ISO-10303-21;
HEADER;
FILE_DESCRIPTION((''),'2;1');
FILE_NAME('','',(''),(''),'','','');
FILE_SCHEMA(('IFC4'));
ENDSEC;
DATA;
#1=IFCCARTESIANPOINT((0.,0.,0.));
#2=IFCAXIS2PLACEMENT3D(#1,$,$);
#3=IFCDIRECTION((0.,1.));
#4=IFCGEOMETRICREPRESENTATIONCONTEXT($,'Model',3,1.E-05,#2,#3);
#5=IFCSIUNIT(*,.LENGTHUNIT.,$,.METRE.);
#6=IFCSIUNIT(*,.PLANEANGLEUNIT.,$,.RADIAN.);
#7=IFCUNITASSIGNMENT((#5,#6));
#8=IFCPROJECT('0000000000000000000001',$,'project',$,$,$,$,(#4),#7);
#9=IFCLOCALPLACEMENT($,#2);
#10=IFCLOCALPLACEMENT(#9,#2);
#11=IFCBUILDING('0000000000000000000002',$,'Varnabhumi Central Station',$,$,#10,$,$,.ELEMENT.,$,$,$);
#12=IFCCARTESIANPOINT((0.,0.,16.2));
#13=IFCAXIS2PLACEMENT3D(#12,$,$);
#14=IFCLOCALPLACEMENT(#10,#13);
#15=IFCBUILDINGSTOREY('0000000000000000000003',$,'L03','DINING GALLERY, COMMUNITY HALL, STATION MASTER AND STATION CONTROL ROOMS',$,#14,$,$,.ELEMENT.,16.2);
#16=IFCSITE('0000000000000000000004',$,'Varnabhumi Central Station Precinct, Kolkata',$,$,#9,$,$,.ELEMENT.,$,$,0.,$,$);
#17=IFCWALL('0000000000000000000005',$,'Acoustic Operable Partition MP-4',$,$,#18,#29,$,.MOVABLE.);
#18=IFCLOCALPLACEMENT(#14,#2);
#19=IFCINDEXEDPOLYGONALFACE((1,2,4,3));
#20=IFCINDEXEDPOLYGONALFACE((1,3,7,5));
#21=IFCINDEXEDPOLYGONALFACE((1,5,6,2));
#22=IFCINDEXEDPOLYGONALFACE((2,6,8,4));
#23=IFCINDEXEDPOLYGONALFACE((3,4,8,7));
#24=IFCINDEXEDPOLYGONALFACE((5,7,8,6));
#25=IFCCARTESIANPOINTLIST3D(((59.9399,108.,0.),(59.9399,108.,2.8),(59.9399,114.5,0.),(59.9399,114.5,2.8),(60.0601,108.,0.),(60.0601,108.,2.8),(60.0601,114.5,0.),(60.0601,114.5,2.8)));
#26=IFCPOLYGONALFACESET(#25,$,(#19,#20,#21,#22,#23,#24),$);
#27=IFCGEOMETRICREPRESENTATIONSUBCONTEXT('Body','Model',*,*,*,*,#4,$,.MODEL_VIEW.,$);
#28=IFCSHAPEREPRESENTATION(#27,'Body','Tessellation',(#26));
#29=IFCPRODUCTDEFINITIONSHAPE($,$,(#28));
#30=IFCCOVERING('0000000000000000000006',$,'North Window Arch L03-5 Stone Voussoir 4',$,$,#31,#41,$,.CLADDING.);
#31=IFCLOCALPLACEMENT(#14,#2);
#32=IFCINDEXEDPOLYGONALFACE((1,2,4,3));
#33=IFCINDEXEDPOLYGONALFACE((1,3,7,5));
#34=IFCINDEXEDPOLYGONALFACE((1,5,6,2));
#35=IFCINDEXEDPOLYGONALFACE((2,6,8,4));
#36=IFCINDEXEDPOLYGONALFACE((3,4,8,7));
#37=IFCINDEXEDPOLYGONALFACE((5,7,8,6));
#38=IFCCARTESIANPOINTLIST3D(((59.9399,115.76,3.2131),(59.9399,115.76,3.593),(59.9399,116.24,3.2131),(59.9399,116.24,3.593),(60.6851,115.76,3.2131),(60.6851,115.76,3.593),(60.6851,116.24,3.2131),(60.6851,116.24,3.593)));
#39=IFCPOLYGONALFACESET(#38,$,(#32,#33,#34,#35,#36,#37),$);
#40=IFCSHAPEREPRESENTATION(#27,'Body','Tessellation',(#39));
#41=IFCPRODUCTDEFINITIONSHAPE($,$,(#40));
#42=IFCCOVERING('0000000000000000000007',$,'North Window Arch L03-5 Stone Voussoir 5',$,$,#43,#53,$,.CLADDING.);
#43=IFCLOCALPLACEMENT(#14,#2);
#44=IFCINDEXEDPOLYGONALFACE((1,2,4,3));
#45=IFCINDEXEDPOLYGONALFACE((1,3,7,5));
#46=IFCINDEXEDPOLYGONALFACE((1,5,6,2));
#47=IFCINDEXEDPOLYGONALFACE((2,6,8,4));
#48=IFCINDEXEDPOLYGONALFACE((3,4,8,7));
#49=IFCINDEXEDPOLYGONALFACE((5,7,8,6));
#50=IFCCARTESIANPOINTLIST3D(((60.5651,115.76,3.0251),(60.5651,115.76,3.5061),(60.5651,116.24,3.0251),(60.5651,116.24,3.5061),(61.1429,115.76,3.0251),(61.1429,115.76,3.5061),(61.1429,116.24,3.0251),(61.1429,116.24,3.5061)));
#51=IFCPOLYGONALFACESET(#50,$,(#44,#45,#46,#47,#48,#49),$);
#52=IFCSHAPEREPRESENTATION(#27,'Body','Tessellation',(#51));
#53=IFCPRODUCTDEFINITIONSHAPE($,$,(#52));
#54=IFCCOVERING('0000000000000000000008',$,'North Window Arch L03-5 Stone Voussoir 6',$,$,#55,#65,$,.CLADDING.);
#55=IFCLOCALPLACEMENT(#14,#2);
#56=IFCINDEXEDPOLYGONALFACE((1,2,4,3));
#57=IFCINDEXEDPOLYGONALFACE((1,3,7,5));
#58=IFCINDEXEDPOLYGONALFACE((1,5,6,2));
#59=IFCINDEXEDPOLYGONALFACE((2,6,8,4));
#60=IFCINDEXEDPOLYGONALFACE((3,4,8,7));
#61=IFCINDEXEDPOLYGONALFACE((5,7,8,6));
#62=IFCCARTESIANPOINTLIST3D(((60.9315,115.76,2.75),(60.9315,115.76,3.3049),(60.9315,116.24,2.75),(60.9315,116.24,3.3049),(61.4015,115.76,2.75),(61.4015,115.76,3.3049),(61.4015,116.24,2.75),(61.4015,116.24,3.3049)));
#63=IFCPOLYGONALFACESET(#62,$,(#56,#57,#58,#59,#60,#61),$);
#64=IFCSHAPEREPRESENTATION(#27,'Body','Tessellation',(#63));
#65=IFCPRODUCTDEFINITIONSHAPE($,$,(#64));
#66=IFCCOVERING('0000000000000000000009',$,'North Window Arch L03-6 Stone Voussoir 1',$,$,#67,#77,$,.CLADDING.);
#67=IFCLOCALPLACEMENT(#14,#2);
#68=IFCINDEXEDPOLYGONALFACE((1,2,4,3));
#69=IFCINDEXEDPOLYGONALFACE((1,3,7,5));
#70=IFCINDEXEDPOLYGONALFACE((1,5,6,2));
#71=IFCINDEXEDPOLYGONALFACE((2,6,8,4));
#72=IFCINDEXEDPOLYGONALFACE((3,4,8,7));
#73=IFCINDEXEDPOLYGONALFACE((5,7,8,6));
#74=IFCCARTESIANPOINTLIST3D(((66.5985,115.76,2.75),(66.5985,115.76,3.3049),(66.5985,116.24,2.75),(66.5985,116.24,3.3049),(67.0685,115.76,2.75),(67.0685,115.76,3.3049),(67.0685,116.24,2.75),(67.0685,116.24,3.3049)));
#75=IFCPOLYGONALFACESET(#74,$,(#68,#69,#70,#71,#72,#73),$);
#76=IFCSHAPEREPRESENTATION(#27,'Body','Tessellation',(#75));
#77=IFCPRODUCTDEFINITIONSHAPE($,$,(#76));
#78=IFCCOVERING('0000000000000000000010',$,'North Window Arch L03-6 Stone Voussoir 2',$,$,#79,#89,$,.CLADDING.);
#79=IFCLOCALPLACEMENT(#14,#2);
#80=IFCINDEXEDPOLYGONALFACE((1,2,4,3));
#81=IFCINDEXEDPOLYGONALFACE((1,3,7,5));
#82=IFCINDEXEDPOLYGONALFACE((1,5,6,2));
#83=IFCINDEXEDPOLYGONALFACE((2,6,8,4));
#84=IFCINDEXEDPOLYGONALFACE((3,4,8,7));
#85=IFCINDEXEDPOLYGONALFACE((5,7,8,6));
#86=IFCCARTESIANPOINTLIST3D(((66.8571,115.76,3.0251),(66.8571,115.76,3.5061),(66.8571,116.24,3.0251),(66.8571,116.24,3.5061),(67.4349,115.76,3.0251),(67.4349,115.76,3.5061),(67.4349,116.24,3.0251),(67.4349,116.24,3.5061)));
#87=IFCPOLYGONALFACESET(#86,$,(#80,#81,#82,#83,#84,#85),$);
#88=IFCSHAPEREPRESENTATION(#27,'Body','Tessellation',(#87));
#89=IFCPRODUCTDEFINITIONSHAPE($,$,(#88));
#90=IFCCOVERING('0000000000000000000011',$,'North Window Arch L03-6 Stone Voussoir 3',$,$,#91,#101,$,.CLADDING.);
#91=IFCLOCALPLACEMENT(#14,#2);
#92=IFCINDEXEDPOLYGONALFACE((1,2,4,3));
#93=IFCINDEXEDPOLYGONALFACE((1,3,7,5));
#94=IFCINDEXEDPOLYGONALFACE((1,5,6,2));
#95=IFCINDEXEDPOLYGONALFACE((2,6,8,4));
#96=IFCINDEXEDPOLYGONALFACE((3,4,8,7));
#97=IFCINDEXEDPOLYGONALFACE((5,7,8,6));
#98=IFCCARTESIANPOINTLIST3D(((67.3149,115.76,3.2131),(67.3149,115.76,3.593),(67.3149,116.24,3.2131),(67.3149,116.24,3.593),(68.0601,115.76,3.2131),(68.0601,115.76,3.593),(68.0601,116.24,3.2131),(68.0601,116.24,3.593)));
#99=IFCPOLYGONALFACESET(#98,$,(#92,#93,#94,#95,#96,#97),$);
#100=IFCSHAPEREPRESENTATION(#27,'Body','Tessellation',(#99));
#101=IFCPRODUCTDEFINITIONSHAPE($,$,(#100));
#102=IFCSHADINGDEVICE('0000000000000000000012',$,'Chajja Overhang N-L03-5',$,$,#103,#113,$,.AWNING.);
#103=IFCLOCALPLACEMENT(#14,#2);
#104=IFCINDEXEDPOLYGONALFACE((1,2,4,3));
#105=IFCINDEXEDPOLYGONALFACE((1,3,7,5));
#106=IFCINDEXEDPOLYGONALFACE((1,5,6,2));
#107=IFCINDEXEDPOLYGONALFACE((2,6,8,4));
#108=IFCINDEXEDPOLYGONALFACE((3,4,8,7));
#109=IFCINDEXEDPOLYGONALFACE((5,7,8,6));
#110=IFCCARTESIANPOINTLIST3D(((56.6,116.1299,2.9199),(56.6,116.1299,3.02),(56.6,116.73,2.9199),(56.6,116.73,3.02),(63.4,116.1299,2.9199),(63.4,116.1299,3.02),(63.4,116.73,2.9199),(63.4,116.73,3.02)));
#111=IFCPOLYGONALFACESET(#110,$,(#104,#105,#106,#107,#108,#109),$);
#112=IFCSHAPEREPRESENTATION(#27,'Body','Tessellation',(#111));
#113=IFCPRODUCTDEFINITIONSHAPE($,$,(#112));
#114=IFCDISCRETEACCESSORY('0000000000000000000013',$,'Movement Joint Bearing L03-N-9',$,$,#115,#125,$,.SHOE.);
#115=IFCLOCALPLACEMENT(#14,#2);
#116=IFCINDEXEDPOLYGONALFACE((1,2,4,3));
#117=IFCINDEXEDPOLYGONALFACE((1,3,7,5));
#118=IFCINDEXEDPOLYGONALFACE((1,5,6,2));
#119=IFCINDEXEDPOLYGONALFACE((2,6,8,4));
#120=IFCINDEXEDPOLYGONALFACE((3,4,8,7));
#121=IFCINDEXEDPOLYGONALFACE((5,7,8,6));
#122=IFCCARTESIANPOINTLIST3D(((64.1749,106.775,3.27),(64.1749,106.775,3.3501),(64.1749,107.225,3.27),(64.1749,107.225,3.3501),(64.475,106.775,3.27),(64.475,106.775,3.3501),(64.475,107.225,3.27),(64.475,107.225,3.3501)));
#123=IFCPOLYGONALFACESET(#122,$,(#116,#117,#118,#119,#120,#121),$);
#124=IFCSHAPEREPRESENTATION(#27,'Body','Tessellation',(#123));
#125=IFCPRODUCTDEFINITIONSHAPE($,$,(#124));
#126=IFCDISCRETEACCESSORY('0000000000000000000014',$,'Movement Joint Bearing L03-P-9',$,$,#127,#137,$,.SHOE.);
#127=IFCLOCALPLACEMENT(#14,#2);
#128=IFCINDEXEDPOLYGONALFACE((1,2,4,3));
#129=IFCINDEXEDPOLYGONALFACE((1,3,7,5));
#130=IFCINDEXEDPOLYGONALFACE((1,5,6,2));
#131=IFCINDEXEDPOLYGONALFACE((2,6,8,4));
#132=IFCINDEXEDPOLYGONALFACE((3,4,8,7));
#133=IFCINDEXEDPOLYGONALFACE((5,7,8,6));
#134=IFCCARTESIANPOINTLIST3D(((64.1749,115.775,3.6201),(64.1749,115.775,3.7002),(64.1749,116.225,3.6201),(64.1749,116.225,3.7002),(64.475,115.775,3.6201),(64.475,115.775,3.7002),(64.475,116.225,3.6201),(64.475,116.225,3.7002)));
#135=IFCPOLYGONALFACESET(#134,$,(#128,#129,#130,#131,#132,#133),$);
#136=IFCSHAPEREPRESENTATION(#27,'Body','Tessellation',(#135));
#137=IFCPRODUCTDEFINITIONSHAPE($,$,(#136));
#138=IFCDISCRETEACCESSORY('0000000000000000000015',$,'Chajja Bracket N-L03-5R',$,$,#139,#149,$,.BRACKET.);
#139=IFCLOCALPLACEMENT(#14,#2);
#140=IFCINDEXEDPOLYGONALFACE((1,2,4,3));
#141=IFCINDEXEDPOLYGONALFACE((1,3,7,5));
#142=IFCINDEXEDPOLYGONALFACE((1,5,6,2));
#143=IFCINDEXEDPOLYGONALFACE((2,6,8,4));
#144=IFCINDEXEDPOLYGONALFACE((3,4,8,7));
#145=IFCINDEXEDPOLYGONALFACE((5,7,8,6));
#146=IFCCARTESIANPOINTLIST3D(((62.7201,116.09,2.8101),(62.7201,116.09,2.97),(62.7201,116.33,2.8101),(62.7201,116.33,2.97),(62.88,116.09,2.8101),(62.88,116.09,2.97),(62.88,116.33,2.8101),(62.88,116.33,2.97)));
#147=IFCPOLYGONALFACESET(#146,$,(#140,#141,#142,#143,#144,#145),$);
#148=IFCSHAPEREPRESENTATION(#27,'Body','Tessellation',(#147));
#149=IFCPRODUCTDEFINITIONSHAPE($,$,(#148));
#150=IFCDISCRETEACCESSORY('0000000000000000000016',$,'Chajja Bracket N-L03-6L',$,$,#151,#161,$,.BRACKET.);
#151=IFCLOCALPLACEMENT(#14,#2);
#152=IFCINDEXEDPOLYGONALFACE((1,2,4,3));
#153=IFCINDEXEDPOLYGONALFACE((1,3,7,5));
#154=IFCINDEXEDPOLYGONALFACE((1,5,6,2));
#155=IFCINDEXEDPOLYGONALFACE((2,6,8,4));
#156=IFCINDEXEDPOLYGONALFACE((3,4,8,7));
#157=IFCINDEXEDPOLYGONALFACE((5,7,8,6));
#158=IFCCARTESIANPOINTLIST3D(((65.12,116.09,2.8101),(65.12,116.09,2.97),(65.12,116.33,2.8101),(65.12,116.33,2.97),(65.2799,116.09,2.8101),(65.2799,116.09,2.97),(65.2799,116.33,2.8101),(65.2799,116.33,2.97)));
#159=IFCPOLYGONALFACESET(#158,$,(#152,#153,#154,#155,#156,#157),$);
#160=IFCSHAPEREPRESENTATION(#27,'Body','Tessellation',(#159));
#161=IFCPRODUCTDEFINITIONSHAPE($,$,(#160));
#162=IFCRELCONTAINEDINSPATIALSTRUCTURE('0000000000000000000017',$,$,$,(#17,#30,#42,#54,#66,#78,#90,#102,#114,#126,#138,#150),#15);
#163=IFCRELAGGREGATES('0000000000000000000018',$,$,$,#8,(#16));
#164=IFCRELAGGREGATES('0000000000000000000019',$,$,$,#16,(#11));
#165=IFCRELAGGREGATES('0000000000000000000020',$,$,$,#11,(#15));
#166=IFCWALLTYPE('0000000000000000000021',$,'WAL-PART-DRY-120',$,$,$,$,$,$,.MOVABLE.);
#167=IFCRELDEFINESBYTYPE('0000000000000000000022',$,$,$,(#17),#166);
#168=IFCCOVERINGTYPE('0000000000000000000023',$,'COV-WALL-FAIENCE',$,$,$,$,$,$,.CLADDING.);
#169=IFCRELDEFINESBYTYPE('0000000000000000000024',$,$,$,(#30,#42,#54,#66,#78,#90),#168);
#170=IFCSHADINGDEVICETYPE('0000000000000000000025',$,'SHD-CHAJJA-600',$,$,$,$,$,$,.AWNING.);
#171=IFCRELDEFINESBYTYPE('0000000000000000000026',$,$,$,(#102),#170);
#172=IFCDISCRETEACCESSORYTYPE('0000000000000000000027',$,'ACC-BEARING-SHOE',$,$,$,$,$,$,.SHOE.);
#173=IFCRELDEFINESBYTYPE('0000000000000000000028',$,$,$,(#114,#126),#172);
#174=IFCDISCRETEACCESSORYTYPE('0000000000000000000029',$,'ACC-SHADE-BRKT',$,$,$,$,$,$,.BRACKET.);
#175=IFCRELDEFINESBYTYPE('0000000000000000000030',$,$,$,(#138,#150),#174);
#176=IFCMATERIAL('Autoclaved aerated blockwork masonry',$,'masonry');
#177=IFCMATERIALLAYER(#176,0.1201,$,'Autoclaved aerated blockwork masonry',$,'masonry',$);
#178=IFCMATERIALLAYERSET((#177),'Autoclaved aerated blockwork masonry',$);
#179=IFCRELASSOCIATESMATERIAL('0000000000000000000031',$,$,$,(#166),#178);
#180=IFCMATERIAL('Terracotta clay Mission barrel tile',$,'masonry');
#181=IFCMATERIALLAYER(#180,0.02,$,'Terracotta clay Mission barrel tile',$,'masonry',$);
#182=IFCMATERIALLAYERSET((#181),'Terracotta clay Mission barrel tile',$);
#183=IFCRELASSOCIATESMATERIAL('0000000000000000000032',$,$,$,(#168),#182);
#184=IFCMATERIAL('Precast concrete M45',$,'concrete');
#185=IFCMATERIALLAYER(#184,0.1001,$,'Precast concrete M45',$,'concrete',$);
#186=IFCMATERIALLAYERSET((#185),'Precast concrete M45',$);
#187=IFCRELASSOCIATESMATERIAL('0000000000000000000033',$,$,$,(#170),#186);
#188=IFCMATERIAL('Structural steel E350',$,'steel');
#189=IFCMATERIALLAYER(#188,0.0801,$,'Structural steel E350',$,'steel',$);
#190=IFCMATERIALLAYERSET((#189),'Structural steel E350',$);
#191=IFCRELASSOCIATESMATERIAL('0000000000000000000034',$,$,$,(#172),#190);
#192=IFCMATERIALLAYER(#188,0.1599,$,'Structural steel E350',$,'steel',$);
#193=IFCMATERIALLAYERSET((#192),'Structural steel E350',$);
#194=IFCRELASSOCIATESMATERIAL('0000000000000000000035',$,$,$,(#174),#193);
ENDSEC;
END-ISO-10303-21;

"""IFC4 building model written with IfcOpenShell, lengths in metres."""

from ifc_helpers import new_model, si_unit, direction, frame, frame_2d, origin, origin_2d, place, context, subcontext, project, spatial, rectangle, extrude, material, layer, layer_set, type_object, element, save


model = new_model("IFC4")

# Units and contexts
model_context = context("Model", 3, precision=1e-05, world=origin(), true_north=direction((0.0, 1.0)))
body_context = subcontext(model_context, "Body", "Model", "MODEL_VIEW")
ifc_project = project(units=[si_unit("LENGTHUNIT", "METRE"), si_unit("PLANEANGLEUNIT", "RADIAN")], contexts=[model_context])

# Site, building, storey
site_placement = place(None, origin())
site = spatial("IfcSite", under=ifc_project, at=site_placement, Name="Varnabhumi Central Station Precinct, Kolkata", CompositionType="ELEMENT", RefElevation=0.0)
building_placement = place(site_placement, origin())
building = spatial("IfcBuilding", under=site, at=building_placement, Name="Varnabhumi Central Station", CompositionType="ELEMENT")
storey_placement = place(building_placement, frame((0.0, 0.0, 16.2)))
storey = spatial("IfcBuildingStorey", under=building, at=storey_placement, Name="L03", Description="DINING GALLERY, COMMUNITY HALL, STATION MASTER AND STATION CONTROL ROOMS", CompositionType="ELEMENT", Elevation=16.2)

# Shared definitions
ifc_material_1 = material(Name="Structural steel E350", Category="steel")

# Shared definitions
ifc_material_2 = material(Name="Autoclaved aerated blockwork masonry", Category="masonry")

# Wall
ifc_layer_1 = layer(ifc_material_2, 0.1201, Name="Autoclaved aerated blockwork masonry", Category="masonry")
ifc_layer_set_1 = layer_set([ifc_layer_1], Name="Autoclaved aerated blockwork masonry")
wall_type_1 = type_object("IfcWallType", Name="WAL-PART-DRY-120", PredefinedType="MOVABLE", material=ifc_layer_set_1)
wall_1_placement = place(storey_placement, frame((60.0, 108.0, 0.0), z_axis=(0.0, 0.0, 1.0), x_axis=(0.0, 1.0, 0.0)))
element("IfcWall", 1, at=wall_1_placement, inside=storey, type_object=wall_type_1, Name="Acoustic Operable Partition MP-4", PredefinedType="MOVABLE", context=body_context, shape_type="SweptSolid", body=[
    extrude(rectangle(XDim=6.5, YDim=0.1201, at=frame_2d((3.25, 0.0))), origin(), (0.0, 0.0, 1.0), 2.8),
])

# Coverings
ifc_material_3 = material(Name="Terracotta clay Mission barrel tile", Category="masonry")
ifc_layer_2 = layer(ifc_material_3, 0.02, Name="Terracotta clay Mission barrel tile", Category="masonry")
ifc_layer_set_2 = layer_set([ifc_layer_2], Name="Terracotta clay Mission barrel tile")
covering_type = type_object("IfcCoveringType", Name="COV-WALL-FAIENCE", PredefinedType="CLADDING", material=ifc_layer_set_2)
covering_1_placement = place(storey_placement, frame((60.3125, 116.0, 3.2131), z_axis=(0.0, 0.0, 1.0), x_axis=(1.0, 0.0, 0.0)))
element("IfcCovering", 2, at=covering_1_placement, inside=storey, type_object=covering_type, Name="North Window Arch L03-5 Stone Voussoir 4", PredefinedType="CLADDING", context=body_context, shape_type="SweptSolid", body=[
    extrude(rectangle(XDim=0.7451, YDim=0.48, at=origin_2d()), origin(), (0.0, 0.0, 1.0), 0.3799),
])
covering_2_placement = place(storey_placement, frame((60.854, 116.0, 3.0251), z_axis=(0.0, 0.0, 1.0), x_axis=(1.0, 0.0, 0.0)))
element("IfcCovering", 3, at=covering_2_placement, inside=storey, type_object=covering_type, Name="North Window Arch L03-5 Stone Voussoir 5", PredefinedType="CLADDING", context=body_context, shape_type="SweptSolid", body=[
    extrude(rectangle(XDim=0.5779, YDim=0.48, at=origin_2d()), origin(), (0.0, 0.0, 1.0), 0.481),
])
for number, where, z_axis, x_axis, name in (
    (4, (61.1665, 116.0, 2.75), (0.0, 0.0, 1.0), (1.0, 0.0, 0.0), "North Window Arch L03-5 Stone Voussoir 6"),
    (5, (66.8335, 116.0, 2.75), (0.0, 0.0, 1.0), (1.0, 0.0, 0.0), "North Window Arch L03-6 Stone Voussoir 1"),
):
    element("IfcCovering", number, at=place(storey_placement, frame(where, z_axis=z_axis, x_axis=x_axis)), inside=storey, type_object=covering_type, Name=name, PredefinedType="CLADDING", context=body_context, shape_type="SweptSolid", body=[
        extrude(rectangle(XDim=0.47, YDim=0.48, at=origin_2d()), origin(), (0.0, 0.0, 1.0), 0.5549),
    ])
covering_3_placement = place(storey_placement, frame((67.146, 116.0, 3.0251), z_axis=(0.0, 0.0, 1.0), x_axis=(1.0, 0.0, 0.0)))
element("IfcCovering", 6, at=covering_3_placement, inside=storey, type_object=covering_type, Name="North Window Arch L03-6 Stone Voussoir 2", PredefinedType="CLADDING", context=body_context, shape_type="SweptSolid", body=[
    extrude(rectangle(XDim=0.5779, YDim=0.48, at=origin_2d()), origin(), (0.0, 0.0, 1.0), 0.481),
])
covering_4_placement = place(storey_placement, frame((67.6875, 116.0, 3.2131), z_axis=(0.0, 0.0, 1.0), x_axis=(1.0, 0.0, 0.0)))
element("IfcCovering", 7, at=covering_4_placement, inside=storey, type_object=covering_type, Name="North Window Arch L03-6 Stone Voussoir 3", PredefinedType="CLADDING", context=body_context, shape_type="SweptSolid", body=[
    extrude(rectangle(XDim=0.7451, YDim=0.48, at=origin_2d()), origin(), (0.0, 0.0, 1.0), 0.3799),
])

# Shading device
ifc_material_4 = material(Name="Precast concrete M45", Category="concrete")
ifc_layer_3 = layer(ifc_material_4, 0.1001, Name="Precast concrete M45", Category="concrete")
ifc_layer_set_3 = layer_set([ifc_layer_3], Name="Precast concrete M45")
shading_device_type = type_object("IfcShadingDeviceType", Name="SHD-CHAJJA-600", PredefinedType="AWNING", material=ifc_layer_set_3)
shading_device_placement = place(storey_placement, frame((60.0, 116.4299, 2.9199), z_axis=(0.0, 0.0, 1.0), x_axis=(1.0, 0.0, 0.0)))
element("IfcShadingDevice", 8, at=shading_device_placement, inside=storey, type_object=shading_device_type, Name="Chajja Overhang N-L03-5", PredefinedType="AWNING", context=body_context, shape_type="SweptSolid", body=[
    extrude(rectangle(XDim=6.8, YDim=0.6001, at=origin_2d()), origin(), (0.0, 0.0, 1.0), 0.1001),
])

# Discrete accessories
ifc_layer_4 = layer(ifc_material_1, 0.0801, Name="Structural steel E350", Category="steel")
ifc_layer_set_4 = layer_set([ifc_layer_4], Name="Structural steel E350")
discrete_accessory_type_1 = type_object("IfcDiscreteAccessoryType", Name="ACC-BEARING-SHOE", PredefinedType="SHOE", material=ifc_layer_set_4)
for number, where, z_axis, x_axis, name in (
    (9, (64.325, 107.0, 3.27), (0.0, 0.0, 1.0), (1.0, 0.0, 0.0), "Movement Joint Bearing L03-N-9"),
    (10, (64.325, 116.0, 3.6201), (0.0, 0.0, 1.0), (1.0, 0.0, 0.0), "Movement Joint Bearing L03-P-9"),
):
    element("IfcDiscreteAccessory", number, at=place(storey_placement, frame(where, z_axis=z_axis, x_axis=x_axis)), inside=storey, type_object=discrete_accessory_type_1, Name=name, PredefinedType="SHOE", context=body_context, shape_type="SweptSolid", body=[
        extrude(rectangle(XDim=0.3, YDim=0.45, at=origin_2d()), origin(), (0.0, 0.0, 1.0), 0.0801),
    ])
ifc_layer_5 = layer(ifc_material_1, 0.1599, Name="Structural steel E350", Category="steel")
ifc_layer_set_5 = layer_set([ifc_layer_5], Name="Structural steel E350")
discrete_accessory_type_2 = type_object("IfcDiscreteAccessoryType", Name="ACC-SHADE-BRKT", PredefinedType="BRACKET", material=ifc_layer_set_5)
for number, where, z_axis, x_axis, name in (
    (11, (62.8, 116.21, 2.8101), (0.0, 0.0, 1.0), (1.0, 0.0, 0.0), "Chajja Bracket N-L03-5R"),
    (12, (65.2, 116.21, 2.8101), (0.0, 0.0, 1.0), (1.0, 0.0, 0.0), "Chajja Bracket N-L03-6L"),
):
    element("IfcDiscreteAccessory", number, at=place(storey_placement, frame(where, z_axis=z_axis, x_axis=x_axis)), inside=storey, type_object=discrete_accessory_type_2, Name=name, PredefinedType="BRACKET", context=body_context, shape_type="SweptSolid", body=[
        extrude(rectangle(XDim=0.1599, YDim=0.24, at=origin_2d()), origin(), (0.0, 0.0, 1.0), 0.1599),
    ])

save(model, "model.ifc")
